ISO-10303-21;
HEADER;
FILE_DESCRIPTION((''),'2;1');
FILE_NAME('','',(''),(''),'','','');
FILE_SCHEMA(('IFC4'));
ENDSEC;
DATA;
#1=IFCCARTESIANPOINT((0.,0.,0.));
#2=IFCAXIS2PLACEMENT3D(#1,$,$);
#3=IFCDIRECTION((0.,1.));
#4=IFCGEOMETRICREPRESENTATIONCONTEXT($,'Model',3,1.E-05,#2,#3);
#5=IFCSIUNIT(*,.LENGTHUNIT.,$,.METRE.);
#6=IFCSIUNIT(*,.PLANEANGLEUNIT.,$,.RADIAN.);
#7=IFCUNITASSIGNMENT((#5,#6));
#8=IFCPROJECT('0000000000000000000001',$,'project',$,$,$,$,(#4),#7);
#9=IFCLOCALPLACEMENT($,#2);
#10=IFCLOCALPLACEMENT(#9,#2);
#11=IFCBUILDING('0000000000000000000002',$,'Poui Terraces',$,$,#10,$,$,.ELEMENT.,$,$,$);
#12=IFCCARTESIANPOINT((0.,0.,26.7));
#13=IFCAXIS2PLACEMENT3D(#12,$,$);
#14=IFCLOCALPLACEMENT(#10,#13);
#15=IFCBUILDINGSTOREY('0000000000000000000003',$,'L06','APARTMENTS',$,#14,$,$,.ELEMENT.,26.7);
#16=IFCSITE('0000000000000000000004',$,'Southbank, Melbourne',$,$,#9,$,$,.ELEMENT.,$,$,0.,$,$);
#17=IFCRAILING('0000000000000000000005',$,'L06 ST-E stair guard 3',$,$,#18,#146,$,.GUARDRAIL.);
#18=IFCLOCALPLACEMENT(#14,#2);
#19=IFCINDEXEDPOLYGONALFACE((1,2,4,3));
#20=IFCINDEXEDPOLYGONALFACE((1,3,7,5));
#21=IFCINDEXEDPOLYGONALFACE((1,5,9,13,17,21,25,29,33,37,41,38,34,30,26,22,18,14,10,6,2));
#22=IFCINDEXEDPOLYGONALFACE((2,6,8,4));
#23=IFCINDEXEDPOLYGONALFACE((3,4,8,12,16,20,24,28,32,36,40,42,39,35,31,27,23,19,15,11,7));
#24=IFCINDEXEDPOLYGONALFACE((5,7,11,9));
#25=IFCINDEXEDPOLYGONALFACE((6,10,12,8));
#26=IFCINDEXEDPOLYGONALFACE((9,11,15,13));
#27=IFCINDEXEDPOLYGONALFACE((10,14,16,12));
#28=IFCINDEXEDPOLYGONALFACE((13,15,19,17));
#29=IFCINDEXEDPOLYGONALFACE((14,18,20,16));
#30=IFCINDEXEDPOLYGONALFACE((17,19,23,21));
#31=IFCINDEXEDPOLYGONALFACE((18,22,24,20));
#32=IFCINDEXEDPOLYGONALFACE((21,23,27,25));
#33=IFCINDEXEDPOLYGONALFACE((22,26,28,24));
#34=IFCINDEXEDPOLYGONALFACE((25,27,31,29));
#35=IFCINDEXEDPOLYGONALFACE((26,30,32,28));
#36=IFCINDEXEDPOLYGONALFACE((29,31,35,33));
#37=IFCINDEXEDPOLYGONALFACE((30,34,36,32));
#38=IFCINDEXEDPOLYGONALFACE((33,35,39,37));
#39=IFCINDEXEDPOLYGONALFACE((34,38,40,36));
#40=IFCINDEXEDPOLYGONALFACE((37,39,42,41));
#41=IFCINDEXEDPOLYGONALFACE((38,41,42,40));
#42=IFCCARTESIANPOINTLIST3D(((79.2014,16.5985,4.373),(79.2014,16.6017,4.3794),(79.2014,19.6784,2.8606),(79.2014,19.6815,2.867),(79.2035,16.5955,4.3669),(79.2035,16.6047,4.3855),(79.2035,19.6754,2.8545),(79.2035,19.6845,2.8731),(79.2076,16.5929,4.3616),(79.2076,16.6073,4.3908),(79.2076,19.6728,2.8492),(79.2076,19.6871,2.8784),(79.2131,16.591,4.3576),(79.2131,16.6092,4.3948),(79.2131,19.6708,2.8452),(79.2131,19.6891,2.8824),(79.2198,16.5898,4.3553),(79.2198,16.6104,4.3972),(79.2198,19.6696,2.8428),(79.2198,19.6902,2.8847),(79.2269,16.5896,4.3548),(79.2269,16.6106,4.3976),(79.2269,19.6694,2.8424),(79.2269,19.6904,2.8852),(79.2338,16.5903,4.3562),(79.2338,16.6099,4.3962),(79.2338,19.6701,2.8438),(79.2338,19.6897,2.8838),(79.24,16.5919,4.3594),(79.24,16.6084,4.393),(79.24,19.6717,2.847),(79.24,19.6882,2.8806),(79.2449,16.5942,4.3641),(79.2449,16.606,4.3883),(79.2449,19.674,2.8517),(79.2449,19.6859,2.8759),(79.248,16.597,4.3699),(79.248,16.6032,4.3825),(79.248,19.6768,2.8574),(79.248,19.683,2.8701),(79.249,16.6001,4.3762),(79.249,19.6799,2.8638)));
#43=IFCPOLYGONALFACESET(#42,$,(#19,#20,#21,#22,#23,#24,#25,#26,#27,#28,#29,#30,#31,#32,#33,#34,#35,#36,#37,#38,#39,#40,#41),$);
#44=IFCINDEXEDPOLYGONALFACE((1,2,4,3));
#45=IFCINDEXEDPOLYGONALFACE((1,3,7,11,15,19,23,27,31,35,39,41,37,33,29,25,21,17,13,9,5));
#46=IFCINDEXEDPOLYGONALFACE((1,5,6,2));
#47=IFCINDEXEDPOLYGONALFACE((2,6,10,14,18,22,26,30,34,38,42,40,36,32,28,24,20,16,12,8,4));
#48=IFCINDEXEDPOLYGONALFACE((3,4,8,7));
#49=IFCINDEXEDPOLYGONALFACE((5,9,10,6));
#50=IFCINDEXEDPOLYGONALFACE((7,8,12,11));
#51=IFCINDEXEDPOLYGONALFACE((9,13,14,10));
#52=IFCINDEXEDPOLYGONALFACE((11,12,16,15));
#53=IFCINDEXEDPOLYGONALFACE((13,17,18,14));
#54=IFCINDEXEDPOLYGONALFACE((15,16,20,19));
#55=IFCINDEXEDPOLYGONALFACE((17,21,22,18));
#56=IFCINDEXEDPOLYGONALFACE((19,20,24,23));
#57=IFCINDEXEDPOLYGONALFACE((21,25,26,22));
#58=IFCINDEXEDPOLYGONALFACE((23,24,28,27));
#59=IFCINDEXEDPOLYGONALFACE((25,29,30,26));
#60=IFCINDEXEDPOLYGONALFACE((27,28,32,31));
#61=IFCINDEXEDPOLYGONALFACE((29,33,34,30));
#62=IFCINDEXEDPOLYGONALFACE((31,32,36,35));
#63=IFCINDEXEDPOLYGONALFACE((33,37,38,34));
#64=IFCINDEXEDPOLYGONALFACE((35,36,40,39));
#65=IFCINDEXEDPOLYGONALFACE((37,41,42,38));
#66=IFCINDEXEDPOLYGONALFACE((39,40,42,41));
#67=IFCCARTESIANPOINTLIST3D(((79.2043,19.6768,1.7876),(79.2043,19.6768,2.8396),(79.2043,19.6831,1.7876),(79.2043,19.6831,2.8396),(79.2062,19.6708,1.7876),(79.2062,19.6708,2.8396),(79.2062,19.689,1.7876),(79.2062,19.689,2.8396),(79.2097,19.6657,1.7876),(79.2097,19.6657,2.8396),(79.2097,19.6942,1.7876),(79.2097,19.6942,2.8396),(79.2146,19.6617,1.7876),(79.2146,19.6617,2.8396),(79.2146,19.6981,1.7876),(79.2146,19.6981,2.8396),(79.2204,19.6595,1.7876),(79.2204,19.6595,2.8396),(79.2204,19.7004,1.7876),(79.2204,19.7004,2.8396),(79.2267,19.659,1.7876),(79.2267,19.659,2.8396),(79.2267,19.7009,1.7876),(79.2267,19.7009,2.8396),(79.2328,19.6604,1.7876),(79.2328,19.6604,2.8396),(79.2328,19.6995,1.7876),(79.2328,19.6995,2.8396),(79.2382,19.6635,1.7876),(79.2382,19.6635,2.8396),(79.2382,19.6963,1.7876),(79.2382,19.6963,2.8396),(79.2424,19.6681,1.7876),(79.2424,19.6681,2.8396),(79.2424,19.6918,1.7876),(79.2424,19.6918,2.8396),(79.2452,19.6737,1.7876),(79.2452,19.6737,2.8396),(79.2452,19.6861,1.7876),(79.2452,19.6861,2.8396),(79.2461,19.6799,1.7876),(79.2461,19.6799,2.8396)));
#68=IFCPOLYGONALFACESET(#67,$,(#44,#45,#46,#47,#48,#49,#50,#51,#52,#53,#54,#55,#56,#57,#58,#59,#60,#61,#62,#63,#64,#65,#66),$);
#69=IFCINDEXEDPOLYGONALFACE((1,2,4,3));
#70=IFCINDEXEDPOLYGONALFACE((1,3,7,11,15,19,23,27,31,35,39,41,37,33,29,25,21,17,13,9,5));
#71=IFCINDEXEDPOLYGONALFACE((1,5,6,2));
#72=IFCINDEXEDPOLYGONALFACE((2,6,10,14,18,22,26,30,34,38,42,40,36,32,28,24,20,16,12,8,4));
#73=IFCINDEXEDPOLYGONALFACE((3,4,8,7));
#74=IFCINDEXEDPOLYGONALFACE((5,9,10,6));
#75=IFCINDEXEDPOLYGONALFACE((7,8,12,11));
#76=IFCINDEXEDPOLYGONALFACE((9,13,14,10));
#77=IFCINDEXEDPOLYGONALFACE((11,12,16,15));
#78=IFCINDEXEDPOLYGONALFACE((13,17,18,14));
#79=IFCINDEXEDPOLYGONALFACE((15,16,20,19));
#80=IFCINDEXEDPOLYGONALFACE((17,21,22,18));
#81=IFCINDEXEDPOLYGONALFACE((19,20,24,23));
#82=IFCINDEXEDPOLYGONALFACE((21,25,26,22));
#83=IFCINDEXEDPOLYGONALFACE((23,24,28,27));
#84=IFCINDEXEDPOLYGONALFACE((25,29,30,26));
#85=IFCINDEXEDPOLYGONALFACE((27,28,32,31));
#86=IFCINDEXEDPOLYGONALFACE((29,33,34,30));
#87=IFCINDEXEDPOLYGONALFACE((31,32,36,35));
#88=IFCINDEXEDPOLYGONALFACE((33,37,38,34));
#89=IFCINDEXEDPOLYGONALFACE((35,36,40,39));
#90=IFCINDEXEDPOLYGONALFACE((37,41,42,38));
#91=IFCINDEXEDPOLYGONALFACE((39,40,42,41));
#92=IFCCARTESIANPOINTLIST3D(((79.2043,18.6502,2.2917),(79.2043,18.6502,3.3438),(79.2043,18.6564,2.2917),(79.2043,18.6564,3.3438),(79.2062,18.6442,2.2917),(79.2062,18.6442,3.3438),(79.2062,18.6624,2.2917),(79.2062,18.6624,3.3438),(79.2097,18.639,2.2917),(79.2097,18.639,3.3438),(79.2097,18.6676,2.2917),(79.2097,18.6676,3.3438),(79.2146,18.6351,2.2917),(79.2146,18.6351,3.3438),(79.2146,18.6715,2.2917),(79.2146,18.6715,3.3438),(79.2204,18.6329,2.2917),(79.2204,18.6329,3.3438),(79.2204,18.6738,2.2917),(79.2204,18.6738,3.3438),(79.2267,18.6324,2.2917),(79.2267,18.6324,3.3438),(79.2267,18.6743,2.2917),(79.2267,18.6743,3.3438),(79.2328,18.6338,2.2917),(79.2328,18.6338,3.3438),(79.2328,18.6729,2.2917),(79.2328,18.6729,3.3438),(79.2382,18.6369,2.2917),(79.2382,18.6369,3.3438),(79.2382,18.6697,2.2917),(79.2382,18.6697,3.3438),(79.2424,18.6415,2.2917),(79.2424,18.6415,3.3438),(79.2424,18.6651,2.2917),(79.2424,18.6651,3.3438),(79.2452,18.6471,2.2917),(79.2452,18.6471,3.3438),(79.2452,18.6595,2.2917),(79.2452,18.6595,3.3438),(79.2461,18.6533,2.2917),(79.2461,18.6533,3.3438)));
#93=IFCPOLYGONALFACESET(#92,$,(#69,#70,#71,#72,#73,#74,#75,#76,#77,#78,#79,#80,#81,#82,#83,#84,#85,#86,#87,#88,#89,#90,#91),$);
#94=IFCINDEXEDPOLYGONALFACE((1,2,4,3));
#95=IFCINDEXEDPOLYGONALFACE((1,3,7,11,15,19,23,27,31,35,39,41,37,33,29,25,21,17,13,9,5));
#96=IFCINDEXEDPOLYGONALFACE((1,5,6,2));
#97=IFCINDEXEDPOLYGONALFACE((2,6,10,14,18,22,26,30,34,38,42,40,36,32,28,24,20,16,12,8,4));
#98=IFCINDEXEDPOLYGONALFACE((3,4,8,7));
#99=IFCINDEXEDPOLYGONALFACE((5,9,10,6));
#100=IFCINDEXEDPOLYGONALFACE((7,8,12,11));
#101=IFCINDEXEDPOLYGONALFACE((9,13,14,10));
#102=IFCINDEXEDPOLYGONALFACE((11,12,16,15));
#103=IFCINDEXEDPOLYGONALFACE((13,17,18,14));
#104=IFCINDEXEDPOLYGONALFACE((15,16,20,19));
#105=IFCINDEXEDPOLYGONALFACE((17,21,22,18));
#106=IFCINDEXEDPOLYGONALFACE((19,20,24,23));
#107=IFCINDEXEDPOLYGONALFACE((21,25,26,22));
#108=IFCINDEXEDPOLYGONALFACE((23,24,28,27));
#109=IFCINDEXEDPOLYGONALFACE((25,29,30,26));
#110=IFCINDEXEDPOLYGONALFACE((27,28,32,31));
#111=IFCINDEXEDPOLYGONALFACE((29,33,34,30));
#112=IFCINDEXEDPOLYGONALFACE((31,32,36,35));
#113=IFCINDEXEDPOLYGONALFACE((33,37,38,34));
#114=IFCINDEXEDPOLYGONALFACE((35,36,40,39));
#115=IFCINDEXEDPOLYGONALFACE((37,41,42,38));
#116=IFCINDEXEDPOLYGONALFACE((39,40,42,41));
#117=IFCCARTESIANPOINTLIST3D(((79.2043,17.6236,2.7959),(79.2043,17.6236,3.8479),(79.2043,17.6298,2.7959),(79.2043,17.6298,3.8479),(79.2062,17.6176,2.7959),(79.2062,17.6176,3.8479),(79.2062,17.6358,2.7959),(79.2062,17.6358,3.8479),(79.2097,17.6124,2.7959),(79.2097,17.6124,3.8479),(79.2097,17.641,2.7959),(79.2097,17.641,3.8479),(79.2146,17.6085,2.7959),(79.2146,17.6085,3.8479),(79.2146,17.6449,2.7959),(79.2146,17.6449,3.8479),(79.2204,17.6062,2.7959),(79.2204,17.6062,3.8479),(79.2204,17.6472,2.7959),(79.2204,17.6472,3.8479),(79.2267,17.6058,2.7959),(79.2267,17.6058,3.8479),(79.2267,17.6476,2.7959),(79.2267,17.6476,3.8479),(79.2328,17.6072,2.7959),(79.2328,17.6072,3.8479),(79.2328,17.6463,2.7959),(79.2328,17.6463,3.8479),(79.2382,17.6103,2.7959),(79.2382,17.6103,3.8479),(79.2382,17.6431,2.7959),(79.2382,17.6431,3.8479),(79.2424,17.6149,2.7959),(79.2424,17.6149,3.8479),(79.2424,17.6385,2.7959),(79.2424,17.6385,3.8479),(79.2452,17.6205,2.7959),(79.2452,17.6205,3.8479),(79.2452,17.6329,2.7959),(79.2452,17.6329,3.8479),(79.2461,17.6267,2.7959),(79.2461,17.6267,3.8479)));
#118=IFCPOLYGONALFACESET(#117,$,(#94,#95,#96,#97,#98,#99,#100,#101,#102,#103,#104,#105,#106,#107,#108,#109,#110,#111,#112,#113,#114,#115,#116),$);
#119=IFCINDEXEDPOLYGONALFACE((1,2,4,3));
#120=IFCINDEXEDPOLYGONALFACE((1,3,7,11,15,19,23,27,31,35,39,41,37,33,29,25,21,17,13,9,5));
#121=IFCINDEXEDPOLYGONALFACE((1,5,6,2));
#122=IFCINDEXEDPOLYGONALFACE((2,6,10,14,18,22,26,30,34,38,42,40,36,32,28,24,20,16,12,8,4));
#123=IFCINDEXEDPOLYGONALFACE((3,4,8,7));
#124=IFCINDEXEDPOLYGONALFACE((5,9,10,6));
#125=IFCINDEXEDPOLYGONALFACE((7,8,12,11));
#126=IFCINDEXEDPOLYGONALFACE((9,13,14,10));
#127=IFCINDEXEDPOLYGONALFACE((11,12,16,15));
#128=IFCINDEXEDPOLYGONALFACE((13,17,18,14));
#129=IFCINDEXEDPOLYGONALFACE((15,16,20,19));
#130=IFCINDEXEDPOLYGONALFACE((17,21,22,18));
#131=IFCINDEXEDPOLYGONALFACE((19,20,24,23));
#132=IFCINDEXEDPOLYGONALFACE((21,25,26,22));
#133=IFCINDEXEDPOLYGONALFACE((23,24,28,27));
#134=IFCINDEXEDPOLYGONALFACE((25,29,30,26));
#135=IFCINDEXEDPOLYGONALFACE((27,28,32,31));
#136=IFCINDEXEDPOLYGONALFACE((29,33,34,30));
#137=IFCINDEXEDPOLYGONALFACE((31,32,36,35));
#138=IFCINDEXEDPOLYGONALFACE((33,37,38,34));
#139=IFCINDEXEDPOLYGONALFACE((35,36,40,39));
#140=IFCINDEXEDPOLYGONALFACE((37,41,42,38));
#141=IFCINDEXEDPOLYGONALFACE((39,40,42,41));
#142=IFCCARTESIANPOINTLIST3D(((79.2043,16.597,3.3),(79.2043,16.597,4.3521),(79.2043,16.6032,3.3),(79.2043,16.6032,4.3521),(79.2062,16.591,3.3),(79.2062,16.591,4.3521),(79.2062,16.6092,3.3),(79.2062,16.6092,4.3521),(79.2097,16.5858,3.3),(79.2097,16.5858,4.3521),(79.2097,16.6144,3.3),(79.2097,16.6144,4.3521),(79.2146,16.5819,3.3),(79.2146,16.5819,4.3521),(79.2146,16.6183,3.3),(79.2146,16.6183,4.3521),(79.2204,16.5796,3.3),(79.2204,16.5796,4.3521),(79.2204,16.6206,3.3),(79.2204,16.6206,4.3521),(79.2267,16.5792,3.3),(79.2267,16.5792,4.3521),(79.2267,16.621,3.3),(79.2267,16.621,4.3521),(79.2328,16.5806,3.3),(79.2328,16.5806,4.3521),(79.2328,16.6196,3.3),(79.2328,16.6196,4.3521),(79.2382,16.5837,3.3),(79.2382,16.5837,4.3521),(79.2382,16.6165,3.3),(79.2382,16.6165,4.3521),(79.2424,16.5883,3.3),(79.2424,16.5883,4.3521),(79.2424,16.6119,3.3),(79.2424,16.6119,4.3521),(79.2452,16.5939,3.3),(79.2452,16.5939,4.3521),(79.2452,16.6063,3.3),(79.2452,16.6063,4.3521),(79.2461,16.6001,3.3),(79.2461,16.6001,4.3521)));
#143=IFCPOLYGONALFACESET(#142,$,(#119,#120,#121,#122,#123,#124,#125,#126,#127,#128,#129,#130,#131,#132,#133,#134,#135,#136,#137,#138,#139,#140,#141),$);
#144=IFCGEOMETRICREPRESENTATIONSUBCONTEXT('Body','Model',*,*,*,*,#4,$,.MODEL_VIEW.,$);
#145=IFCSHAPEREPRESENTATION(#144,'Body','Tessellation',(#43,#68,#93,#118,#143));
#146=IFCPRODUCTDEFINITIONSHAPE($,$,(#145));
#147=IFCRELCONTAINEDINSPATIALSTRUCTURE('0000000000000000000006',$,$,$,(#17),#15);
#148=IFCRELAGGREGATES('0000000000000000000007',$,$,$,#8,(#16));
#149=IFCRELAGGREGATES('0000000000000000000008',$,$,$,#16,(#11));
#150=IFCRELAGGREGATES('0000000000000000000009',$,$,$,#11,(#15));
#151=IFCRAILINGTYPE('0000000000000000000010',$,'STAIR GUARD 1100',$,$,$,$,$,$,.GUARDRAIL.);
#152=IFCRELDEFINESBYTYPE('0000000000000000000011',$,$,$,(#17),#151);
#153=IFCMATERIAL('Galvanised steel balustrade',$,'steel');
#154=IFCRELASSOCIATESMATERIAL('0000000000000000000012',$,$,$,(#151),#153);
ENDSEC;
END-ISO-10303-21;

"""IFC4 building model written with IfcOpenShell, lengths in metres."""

from ifc_helpers import new_model, si_unit, direction, frame, origin, origin_2d, place, context, subcontext, project, spatial, circle, extrude, material, type_object, element, save


model = new_model("IFC4")

# Units and contexts
model_context = context("Model", 3, precision=1e-05, world=origin(), true_north=direction((0.0, 1.0)))
body_context = subcontext(model_context, "Body", "Model", "MODEL_VIEW")
ifc_project = project(units=[si_unit("LENGTHUNIT", "METRE"), si_unit("PLANEANGLEUNIT", "RADIAN")], contexts=[model_context])

# Site, building, storey
site_placement = place(None, origin())
site = spatial("IfcSite", under=ifc_project, at=site_placement, Name="Southbank, Melbourne", CompositionType="ELEMENT", RefElevation=0.0)
building_placement = place(site_placement, origin())
building = spatial("IfcBuilding", under=site, at=building_placement, Name="Poui Terraces", CompositionType="ELEMENT")
storey_placement = place(building_placement, frame((0.0, 0.0, 26.7)))
storey = spatial("IfcBuildingStorey", under=building, at=storey_placement, Name="L06", Description="APARTMENTS", CompositionType="ELEMENT", Elevation=26.7)

# Railing
ifc_material_1 = material(Name="Galvanised steel balustrade", Category="steel")
railing_type_1 = type_object("IfcRailingType", Name="STAIR GUARD 1100", PredefinedType="GUARDRAIL", material=ifc_material_1)
railing_1_placement = place(storey_placement, frame((79.2251, 19.6799, 1.7876)))
element("IfcRailing", 1, at=railing_1_placement, inside=storey, type_object=railing_type_1, Name="L06 ST-E stair guard 3", PredefinedType="GUARDRAIL", context=body_context, shape_type="SweptSolid", body=[
    extrude(circle(Radius=0.0239, at=origin_2d()), frame((0.0, 0.0, 1.0762), z_axis=(0.0, -0.897606, 0.440798), x_axis=(1.0, 0.0, 0.0)), (0.0, 0.0, 1.0), 3.4312),
    extrude(circle(Radius=0.021, at=origin_2d()), origin(), (0.0, 0.0, 1.0), 1.052),
    extrude(circle(Radius=0.021, at=origin_2d()), frame((0.0, -1.0266, 0.5042)), (0.0, 0.0, 1.0), 1.052),
    extrude(circle(Radius=0.021, at=origin_2d()), frame((0.0, -2.0532, 1.0083)), (0.0, 0.0, 1.0), 1.052),
    extrude(circle(Radius=0.021, at=origin_2d()), frame((0.0, -3.0798, 1.5125)), (0.0, 0.0, 1.0), 1.052),
])

save(model, "model.ifc")
